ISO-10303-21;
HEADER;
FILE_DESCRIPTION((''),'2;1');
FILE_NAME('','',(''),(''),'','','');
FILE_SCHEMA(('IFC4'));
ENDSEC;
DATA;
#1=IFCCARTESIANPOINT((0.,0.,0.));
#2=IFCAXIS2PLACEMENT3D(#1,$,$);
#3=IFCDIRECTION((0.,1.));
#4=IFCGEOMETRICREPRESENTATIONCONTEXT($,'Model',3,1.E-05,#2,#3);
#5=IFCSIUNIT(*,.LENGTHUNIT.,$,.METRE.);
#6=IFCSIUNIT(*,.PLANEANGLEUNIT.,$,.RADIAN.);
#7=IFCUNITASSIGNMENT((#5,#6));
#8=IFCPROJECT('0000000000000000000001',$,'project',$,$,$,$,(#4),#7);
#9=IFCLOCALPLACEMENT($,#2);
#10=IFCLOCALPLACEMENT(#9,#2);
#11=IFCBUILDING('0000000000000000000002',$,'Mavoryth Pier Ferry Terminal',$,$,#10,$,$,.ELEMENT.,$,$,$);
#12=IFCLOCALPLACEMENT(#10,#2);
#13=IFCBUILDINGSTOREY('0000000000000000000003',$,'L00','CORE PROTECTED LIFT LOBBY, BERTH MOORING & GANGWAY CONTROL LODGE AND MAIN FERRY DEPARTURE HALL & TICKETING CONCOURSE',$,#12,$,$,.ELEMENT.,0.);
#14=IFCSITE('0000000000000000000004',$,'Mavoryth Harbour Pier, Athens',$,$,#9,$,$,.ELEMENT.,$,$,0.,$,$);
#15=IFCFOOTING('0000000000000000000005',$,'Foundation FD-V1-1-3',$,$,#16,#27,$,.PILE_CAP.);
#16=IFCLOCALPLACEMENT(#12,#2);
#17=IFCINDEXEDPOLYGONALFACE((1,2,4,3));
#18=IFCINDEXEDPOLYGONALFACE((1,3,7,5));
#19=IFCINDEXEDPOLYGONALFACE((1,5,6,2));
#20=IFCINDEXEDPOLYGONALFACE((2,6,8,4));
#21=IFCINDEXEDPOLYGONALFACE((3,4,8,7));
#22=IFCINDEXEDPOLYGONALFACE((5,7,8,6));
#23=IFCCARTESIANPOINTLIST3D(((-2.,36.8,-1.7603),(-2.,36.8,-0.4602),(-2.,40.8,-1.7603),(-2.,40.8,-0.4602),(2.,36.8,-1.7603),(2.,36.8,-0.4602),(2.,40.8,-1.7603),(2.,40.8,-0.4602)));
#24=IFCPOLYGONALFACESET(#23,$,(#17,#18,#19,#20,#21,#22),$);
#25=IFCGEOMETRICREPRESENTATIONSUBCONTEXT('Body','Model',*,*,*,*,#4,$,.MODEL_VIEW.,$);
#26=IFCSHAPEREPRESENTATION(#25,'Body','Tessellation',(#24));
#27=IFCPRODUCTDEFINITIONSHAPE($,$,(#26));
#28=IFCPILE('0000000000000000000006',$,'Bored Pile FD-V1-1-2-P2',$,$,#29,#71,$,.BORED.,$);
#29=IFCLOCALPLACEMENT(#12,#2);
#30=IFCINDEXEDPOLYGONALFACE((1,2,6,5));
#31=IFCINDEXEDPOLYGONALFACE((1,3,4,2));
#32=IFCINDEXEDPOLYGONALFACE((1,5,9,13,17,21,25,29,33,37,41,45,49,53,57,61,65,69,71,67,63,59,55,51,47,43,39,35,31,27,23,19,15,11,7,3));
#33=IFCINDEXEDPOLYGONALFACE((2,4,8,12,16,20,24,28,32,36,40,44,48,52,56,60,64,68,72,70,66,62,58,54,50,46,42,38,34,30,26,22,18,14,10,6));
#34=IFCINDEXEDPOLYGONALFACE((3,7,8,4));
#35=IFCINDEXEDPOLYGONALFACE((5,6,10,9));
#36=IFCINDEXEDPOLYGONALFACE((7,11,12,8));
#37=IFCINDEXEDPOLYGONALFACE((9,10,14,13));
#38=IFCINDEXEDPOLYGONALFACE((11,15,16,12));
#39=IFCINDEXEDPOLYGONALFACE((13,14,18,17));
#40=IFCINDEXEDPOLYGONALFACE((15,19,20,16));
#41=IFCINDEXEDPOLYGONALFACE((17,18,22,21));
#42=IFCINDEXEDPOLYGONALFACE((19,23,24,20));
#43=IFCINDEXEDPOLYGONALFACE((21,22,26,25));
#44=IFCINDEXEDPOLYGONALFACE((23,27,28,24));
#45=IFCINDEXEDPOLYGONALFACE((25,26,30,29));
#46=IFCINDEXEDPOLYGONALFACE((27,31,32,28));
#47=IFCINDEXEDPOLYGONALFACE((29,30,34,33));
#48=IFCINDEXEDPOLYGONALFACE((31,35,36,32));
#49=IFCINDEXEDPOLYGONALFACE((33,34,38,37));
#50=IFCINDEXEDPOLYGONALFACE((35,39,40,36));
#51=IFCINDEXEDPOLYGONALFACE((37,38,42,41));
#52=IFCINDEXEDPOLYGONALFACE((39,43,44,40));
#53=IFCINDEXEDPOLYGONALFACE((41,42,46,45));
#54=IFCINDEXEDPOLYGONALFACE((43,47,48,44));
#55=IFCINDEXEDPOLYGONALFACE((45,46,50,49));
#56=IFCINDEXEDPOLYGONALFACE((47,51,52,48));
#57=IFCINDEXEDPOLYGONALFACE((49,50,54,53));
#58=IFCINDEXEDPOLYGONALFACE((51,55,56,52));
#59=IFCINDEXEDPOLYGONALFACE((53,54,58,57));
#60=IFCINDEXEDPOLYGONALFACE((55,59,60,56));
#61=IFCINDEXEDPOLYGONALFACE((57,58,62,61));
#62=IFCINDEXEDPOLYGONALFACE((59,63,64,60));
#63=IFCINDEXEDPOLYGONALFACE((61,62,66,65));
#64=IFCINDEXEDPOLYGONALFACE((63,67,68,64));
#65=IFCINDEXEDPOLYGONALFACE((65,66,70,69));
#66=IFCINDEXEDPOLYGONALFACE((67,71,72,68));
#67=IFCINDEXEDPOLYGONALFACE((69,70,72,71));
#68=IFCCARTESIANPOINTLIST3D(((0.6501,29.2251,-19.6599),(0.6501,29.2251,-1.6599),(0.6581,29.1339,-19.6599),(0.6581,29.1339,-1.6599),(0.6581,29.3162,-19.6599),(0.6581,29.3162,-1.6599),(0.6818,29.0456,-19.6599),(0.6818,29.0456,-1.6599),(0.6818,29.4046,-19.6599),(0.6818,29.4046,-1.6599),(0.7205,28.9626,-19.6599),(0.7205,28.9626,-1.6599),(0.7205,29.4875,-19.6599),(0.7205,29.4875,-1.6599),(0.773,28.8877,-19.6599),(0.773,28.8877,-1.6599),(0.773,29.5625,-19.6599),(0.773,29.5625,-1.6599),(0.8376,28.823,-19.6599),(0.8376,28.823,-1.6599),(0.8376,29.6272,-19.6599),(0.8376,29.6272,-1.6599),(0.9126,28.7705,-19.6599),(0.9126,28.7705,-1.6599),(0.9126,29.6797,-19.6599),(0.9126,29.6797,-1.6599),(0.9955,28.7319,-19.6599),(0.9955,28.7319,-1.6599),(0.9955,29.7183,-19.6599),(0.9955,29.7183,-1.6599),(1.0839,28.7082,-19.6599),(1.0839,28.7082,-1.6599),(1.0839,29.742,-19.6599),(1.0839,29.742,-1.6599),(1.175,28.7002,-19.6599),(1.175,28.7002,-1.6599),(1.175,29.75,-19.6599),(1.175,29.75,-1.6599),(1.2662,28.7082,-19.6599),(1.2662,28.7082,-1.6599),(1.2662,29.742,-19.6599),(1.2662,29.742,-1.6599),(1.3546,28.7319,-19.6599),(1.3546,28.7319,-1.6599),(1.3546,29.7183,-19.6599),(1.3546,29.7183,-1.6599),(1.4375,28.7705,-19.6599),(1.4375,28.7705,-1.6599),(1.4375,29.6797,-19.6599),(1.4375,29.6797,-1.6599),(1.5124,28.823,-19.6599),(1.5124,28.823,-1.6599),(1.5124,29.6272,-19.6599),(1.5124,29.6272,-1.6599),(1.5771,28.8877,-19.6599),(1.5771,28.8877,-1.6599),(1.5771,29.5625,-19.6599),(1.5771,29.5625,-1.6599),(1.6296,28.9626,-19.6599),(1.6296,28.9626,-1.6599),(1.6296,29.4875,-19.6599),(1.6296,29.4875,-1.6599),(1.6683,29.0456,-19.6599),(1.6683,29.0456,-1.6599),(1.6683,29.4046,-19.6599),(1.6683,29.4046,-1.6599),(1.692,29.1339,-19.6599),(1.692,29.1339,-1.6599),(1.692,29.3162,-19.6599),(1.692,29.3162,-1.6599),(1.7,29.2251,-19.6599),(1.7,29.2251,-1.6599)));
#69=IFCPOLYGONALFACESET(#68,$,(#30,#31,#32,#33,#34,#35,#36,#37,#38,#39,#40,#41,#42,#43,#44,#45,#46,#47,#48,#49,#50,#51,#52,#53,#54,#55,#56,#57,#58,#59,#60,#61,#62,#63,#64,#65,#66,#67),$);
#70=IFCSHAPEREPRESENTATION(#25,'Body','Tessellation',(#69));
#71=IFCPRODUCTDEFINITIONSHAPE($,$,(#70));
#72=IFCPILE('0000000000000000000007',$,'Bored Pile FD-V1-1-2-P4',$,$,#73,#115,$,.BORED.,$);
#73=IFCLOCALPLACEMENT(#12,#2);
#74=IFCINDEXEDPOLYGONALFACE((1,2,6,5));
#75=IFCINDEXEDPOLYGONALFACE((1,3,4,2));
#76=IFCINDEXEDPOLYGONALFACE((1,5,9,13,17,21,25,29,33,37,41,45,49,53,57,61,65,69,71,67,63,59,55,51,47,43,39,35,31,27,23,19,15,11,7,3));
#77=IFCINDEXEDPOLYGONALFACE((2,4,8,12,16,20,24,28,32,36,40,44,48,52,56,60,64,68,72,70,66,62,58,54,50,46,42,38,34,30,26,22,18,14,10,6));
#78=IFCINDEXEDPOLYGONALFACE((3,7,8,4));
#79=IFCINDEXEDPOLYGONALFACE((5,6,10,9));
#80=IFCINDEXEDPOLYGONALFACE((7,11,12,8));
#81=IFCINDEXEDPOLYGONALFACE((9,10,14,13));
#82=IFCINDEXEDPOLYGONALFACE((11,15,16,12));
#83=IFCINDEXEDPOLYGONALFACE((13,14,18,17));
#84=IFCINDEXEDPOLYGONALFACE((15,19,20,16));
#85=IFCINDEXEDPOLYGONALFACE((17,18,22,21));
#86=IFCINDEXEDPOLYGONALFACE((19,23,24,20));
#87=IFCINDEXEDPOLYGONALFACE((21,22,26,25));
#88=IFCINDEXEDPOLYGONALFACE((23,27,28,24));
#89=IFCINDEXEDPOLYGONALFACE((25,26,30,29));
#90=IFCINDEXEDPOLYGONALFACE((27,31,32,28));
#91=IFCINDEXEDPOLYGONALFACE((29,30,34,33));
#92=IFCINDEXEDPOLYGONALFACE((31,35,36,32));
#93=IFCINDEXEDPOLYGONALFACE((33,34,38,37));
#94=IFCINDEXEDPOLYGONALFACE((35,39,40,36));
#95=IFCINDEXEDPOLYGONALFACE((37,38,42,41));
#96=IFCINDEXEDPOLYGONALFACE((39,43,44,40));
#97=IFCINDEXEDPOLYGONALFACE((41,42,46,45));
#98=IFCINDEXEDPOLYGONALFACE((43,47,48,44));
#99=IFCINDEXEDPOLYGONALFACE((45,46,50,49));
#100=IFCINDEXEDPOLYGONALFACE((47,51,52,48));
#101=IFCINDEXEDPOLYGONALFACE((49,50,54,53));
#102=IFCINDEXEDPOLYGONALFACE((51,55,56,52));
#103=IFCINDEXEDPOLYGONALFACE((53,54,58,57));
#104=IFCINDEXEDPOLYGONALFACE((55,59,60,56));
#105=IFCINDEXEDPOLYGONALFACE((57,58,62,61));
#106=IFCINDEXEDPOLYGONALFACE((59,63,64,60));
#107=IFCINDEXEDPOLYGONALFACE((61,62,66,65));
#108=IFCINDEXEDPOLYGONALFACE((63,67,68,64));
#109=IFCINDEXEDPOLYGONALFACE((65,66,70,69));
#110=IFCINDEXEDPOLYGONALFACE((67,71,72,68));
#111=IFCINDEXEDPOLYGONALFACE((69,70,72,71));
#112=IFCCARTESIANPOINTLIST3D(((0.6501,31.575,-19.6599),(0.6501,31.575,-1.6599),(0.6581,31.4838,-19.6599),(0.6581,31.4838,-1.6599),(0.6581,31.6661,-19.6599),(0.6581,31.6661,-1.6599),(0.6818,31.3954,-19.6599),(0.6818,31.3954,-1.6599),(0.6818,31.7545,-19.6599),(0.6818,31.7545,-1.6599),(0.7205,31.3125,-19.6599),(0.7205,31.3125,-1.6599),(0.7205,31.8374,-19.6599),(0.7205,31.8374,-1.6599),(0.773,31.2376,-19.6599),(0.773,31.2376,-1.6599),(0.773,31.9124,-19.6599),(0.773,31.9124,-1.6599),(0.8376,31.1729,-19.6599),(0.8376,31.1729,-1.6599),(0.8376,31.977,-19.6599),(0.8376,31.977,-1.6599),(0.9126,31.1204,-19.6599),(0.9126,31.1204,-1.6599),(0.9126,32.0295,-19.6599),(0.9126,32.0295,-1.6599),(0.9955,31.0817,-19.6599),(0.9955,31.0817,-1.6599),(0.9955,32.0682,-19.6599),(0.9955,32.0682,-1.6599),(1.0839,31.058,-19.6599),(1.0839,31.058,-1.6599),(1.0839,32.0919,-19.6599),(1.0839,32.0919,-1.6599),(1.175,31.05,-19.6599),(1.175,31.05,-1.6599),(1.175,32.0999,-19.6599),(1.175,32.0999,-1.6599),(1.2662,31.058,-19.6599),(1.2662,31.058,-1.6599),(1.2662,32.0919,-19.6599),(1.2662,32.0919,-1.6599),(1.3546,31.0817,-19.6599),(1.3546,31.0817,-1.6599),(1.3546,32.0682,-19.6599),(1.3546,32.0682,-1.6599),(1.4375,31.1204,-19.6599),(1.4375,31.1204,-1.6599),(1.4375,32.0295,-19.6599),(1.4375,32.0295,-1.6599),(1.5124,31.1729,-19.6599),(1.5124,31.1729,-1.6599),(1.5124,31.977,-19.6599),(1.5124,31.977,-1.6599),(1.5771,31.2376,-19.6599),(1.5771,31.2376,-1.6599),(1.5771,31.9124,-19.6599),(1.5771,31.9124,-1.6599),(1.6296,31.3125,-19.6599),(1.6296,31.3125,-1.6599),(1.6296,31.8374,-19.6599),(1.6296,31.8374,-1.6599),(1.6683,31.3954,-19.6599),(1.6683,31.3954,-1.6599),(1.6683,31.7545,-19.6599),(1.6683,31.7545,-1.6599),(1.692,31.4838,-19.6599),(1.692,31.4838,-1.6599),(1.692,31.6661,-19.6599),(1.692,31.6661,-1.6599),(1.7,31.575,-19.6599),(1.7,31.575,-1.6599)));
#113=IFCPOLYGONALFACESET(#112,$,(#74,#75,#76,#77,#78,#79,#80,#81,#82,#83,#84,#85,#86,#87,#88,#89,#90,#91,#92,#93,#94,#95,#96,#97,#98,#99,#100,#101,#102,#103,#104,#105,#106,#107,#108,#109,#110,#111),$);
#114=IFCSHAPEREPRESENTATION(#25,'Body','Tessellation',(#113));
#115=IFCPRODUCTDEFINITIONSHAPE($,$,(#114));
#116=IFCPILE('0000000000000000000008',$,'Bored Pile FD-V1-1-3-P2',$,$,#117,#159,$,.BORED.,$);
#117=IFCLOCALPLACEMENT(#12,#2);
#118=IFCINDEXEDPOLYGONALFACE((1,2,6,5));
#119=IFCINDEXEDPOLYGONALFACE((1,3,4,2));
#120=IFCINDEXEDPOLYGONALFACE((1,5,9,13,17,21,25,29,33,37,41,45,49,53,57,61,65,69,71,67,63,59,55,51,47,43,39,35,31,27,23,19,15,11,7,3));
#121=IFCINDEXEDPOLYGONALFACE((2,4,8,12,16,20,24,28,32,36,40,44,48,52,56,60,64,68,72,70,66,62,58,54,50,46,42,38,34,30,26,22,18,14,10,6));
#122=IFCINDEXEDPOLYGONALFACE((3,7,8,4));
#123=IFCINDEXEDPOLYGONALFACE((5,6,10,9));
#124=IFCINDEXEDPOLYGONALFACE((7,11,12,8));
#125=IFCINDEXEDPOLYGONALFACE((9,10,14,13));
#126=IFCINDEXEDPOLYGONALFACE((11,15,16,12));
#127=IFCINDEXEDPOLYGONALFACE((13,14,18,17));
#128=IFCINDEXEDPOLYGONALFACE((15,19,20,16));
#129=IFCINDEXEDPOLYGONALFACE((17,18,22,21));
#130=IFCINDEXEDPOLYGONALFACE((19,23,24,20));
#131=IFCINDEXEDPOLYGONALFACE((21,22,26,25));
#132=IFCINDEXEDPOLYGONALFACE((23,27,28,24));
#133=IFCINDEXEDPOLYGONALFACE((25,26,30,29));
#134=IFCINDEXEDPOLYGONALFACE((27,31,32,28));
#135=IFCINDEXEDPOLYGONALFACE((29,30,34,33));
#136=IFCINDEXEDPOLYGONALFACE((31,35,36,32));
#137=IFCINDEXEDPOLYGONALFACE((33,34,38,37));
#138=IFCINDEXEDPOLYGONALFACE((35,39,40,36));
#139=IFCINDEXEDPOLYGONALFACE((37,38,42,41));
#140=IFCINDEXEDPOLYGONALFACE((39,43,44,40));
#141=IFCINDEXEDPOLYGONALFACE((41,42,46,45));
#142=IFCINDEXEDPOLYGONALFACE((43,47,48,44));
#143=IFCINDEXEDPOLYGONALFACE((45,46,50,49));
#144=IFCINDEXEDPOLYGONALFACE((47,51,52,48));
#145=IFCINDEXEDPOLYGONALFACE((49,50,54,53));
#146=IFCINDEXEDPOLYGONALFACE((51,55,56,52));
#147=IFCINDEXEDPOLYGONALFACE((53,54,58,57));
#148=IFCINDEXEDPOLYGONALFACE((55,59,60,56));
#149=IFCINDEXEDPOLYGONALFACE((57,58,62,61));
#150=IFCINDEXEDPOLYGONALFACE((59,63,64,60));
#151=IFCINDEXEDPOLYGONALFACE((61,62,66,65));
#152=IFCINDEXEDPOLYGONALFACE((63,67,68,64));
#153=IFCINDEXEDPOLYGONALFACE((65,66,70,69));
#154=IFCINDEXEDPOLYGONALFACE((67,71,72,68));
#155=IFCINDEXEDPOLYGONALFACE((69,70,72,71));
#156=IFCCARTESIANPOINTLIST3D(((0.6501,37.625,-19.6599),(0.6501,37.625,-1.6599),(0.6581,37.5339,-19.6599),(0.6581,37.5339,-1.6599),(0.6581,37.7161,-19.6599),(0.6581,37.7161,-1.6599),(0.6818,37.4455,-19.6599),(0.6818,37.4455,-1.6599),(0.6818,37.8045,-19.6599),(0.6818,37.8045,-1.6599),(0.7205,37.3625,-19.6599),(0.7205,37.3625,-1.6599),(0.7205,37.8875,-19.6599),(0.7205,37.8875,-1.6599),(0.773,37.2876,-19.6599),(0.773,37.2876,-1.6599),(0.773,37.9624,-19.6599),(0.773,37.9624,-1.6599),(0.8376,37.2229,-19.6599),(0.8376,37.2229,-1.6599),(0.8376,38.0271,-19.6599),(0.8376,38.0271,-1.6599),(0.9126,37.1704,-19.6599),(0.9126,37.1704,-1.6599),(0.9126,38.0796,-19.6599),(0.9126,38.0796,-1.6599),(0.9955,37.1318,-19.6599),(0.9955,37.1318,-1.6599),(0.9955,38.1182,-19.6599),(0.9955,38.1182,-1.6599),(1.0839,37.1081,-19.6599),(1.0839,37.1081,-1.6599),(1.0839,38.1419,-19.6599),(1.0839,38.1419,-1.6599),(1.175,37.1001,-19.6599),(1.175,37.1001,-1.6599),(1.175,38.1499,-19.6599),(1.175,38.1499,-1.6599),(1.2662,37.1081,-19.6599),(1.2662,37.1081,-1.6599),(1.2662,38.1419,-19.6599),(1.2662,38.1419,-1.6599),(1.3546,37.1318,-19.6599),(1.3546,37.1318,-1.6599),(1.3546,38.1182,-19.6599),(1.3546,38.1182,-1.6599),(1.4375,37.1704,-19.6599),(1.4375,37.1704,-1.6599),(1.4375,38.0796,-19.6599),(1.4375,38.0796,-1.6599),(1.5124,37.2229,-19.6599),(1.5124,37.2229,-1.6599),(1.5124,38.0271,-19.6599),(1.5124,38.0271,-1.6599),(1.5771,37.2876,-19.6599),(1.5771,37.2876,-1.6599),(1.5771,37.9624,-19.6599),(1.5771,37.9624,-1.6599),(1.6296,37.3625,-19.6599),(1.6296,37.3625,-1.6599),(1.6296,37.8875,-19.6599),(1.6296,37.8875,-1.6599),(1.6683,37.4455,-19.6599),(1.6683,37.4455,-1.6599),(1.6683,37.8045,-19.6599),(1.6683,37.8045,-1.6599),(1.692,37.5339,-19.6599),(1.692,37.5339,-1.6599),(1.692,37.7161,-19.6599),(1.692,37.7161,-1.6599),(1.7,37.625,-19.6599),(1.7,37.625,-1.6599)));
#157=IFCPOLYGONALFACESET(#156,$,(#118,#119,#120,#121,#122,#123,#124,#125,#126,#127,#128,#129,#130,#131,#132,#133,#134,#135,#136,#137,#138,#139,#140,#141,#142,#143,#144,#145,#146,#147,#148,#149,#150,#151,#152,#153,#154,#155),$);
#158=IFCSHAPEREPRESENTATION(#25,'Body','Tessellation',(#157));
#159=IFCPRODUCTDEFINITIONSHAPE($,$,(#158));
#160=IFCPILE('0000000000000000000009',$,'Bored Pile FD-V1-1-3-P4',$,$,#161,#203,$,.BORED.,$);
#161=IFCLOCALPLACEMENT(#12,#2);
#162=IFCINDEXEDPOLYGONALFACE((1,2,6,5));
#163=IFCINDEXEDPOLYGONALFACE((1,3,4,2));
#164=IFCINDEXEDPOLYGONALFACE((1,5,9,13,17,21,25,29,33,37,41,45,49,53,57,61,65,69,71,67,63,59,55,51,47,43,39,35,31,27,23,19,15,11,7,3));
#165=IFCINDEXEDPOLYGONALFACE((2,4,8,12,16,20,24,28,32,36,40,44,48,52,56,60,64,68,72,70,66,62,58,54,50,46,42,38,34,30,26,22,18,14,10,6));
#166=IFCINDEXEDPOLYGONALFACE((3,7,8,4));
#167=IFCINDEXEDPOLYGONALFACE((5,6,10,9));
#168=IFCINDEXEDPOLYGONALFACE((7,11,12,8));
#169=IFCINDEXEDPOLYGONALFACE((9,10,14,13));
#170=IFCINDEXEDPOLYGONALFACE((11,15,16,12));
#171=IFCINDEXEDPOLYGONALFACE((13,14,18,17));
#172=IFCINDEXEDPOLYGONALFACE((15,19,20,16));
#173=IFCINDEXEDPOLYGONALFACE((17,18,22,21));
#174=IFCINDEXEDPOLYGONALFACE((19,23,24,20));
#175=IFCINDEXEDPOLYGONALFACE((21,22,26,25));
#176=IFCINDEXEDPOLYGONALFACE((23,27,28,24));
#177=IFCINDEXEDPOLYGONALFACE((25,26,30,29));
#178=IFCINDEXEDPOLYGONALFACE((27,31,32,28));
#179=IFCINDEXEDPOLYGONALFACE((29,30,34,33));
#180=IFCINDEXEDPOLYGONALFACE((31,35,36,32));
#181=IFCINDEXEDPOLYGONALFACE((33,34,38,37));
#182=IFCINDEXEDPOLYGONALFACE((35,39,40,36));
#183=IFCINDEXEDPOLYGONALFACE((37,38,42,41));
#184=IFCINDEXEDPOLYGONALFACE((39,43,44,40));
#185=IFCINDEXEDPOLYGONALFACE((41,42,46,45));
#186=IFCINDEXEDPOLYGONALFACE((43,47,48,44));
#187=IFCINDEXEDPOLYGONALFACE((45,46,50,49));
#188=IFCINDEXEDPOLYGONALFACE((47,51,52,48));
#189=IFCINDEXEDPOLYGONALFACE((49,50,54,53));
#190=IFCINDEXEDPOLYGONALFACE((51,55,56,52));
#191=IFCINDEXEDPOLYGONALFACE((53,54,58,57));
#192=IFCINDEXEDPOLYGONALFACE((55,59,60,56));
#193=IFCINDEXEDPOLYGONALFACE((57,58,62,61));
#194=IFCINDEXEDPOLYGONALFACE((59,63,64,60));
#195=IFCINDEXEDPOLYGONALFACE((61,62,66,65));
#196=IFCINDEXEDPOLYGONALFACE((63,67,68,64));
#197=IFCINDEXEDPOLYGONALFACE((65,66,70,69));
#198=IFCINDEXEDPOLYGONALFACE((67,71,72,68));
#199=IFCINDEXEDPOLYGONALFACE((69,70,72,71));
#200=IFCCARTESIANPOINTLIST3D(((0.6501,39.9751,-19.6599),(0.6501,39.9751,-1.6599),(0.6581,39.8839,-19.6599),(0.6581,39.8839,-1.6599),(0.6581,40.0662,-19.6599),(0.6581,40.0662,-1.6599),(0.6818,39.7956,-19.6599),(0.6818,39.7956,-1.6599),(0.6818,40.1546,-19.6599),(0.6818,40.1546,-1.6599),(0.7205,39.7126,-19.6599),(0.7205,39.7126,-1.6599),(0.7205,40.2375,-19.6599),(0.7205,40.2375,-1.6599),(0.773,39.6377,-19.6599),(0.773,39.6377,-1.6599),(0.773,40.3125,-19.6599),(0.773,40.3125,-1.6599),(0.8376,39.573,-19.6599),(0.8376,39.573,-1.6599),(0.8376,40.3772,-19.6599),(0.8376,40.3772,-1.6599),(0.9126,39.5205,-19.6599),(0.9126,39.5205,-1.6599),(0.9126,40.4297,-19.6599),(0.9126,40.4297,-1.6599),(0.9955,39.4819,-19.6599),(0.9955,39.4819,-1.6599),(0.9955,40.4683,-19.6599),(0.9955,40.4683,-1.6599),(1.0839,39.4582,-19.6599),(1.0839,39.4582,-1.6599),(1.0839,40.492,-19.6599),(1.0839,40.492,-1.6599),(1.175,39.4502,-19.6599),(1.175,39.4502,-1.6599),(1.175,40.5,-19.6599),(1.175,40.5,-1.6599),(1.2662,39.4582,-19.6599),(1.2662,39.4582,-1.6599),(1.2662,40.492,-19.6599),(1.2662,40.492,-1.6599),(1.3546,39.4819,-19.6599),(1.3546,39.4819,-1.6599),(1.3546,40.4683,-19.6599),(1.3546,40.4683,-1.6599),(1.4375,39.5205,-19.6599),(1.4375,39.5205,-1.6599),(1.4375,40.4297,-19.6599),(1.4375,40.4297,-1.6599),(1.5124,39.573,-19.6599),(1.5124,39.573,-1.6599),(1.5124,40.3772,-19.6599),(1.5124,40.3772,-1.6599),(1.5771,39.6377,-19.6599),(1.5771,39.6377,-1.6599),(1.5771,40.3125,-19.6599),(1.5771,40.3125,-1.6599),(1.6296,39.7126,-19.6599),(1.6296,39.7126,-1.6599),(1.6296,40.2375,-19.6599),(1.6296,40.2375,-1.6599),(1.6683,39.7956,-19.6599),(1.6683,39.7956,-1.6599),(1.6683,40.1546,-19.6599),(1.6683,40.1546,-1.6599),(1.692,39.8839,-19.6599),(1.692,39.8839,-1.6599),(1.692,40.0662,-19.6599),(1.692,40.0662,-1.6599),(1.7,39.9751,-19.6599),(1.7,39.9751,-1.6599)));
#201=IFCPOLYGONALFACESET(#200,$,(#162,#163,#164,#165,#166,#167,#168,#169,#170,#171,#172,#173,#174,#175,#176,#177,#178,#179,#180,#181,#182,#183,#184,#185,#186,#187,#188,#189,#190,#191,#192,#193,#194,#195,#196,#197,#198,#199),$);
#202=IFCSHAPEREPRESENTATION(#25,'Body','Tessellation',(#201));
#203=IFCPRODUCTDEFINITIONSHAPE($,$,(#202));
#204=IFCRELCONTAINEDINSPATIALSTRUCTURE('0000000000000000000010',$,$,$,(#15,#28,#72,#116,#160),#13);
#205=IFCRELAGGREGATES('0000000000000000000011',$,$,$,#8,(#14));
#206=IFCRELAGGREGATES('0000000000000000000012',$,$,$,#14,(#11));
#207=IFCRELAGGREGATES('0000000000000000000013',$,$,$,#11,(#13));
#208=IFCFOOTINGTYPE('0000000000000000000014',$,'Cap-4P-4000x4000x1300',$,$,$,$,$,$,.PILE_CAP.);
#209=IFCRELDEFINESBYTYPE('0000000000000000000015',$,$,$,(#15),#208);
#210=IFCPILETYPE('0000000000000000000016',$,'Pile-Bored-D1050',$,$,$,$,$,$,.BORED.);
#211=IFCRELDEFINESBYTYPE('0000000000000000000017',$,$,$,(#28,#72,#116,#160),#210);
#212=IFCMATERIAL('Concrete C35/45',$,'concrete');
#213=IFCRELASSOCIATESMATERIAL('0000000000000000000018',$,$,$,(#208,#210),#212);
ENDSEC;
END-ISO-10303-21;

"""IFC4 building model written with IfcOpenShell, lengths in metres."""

from ifc_helpers import new_model, si_unit, direction, frame, origin, origin_2d, place, context, subcontext, project, spatial, rectangle, circle, extrude, material, material_profile, profile_set, type_object, element, save


model = new_model("IFC4")

# Units and contexts
model_context = context("Model", 3, precision=1e-05, world=origin(), true_north=direction((0.0, 1.0)))
body_context = subcontext(model_context, "Body", "Model", "MODEL_VIEW")
ifc_project = project(units=[si_unit("LENGTHUNIT", "METRE"), si_unit("PLANEANGLEUNIT", "RADIAN")], contexts=[model_context])

# Site, building, storey
site_placement = place(None, origin())
site = spatial("IfcSite", under=ifc_project, at=site_placement, Name="Mavoryth Harbour Pier, Athens", CompositionType="ELEMENT", RefElevation=0.0)
building_placement = place(site_placement, origin())
building = spatial("IfcBuilding", under=site, at=building_placement, Name="Mavoryth Pier Ferry Terminal", CompositionType="ELEMENT")
storey_placement = place(building_placement, origin())
storey = spatial("IfcBuildingStorey", under=building, at=storey_placement, Name="L00", Description="CORE PROTECTED LIFT LOBBY, BERTH MOORING & GANGWAY CONTROL LODGE AND MAIN FERRY DEPARTURE HALL & TICKETING CONCOURSE", CompositionType="ELEMENT", Elevation=0.0)

# Footing
ifc_material_1 = material(Name="Concrete C35/45", Category="concrete")
footing_type_1 = type_object("IfcFootingType", Name="Cap-4P-4000x4000x1300", PredefinedType="PILE_CAP", material=ifc_material_1)
footing_1_placement = place(storey_placement, frame((0.0, 38.8, -1.7603), z_axis=(0.0, 0.0, 1.0), x_axis=(1.0, 0.0, 0.0)))
element("IfcFooting", 1, at=footing_1_placement, inside=storey, type_object=footing_type_1, Name="Foundation FD-V1-1-3", PredefinedType="PILE_CAP", context=body_context, shape_type="SweptSolid", body=[
    extrude(rectangle(XDim=4.0, YDim=4.0, at=origin_2d()), origin(), (0.0, 0.0, 1.0), 1.3),
])

# Piles
ifc_material_profile_1 = material_profile(ifc_material_1, circle(Radius=0.5249, at=origin_2d()), Name="PILE D1050", Category="concrete")
ifc_profile_set_1 = profile_set([ifc_material_profile_1], Name="Concrete C35/45 - PILE D1050")
pile_type = type_object("IfcPileType", Name="Pile-Bored-D1050", PredefinedType="BORED", material=ifc_profile_set_1)
for number, where, z_axis, x_axis, name in (
    (2, (1.175, 29.2251, -1.6599), (0.0, 0.0, -1.0), (1.0, 0.0, 0.0), "Bored Pile FD-V1-1-2-P2"),
    (3, (1.175, 31.575, -1.6599), (0.0, 0.0, -1.0), (1.0, 0.0, 0.0), "Bored Pile FD-V1-1-2-P4"),
    (4, (1.175, 37.625, -1.6599), (0.0, 0.0, -1.0), (1.0, 0.0, 0.0), "Bored Pile FD-V1-1-3-P2"),
    (5, (1.175, 39.9751, -1.6599), (0.0, 0.0, -1.0), (1.0, 0.0, 0.0), "Bored Pile FD-V1-1-3-P4"),
):
    element("IfcPile", number, at=place(storey_placement, frame(where, z_axis=z_axis, x_axis=x_axis)), inside=storey, type_object=pile_type, Name=name, PredefinedType="BORED", context=body_context, shape_type="SweptSolid", body=[
        extrude(circle(Radius=0.5249, at=origin_2d()), origin(), (0.0, 0.0, 1.0), 18.0),
    ])

save(model, "model.ifc")
